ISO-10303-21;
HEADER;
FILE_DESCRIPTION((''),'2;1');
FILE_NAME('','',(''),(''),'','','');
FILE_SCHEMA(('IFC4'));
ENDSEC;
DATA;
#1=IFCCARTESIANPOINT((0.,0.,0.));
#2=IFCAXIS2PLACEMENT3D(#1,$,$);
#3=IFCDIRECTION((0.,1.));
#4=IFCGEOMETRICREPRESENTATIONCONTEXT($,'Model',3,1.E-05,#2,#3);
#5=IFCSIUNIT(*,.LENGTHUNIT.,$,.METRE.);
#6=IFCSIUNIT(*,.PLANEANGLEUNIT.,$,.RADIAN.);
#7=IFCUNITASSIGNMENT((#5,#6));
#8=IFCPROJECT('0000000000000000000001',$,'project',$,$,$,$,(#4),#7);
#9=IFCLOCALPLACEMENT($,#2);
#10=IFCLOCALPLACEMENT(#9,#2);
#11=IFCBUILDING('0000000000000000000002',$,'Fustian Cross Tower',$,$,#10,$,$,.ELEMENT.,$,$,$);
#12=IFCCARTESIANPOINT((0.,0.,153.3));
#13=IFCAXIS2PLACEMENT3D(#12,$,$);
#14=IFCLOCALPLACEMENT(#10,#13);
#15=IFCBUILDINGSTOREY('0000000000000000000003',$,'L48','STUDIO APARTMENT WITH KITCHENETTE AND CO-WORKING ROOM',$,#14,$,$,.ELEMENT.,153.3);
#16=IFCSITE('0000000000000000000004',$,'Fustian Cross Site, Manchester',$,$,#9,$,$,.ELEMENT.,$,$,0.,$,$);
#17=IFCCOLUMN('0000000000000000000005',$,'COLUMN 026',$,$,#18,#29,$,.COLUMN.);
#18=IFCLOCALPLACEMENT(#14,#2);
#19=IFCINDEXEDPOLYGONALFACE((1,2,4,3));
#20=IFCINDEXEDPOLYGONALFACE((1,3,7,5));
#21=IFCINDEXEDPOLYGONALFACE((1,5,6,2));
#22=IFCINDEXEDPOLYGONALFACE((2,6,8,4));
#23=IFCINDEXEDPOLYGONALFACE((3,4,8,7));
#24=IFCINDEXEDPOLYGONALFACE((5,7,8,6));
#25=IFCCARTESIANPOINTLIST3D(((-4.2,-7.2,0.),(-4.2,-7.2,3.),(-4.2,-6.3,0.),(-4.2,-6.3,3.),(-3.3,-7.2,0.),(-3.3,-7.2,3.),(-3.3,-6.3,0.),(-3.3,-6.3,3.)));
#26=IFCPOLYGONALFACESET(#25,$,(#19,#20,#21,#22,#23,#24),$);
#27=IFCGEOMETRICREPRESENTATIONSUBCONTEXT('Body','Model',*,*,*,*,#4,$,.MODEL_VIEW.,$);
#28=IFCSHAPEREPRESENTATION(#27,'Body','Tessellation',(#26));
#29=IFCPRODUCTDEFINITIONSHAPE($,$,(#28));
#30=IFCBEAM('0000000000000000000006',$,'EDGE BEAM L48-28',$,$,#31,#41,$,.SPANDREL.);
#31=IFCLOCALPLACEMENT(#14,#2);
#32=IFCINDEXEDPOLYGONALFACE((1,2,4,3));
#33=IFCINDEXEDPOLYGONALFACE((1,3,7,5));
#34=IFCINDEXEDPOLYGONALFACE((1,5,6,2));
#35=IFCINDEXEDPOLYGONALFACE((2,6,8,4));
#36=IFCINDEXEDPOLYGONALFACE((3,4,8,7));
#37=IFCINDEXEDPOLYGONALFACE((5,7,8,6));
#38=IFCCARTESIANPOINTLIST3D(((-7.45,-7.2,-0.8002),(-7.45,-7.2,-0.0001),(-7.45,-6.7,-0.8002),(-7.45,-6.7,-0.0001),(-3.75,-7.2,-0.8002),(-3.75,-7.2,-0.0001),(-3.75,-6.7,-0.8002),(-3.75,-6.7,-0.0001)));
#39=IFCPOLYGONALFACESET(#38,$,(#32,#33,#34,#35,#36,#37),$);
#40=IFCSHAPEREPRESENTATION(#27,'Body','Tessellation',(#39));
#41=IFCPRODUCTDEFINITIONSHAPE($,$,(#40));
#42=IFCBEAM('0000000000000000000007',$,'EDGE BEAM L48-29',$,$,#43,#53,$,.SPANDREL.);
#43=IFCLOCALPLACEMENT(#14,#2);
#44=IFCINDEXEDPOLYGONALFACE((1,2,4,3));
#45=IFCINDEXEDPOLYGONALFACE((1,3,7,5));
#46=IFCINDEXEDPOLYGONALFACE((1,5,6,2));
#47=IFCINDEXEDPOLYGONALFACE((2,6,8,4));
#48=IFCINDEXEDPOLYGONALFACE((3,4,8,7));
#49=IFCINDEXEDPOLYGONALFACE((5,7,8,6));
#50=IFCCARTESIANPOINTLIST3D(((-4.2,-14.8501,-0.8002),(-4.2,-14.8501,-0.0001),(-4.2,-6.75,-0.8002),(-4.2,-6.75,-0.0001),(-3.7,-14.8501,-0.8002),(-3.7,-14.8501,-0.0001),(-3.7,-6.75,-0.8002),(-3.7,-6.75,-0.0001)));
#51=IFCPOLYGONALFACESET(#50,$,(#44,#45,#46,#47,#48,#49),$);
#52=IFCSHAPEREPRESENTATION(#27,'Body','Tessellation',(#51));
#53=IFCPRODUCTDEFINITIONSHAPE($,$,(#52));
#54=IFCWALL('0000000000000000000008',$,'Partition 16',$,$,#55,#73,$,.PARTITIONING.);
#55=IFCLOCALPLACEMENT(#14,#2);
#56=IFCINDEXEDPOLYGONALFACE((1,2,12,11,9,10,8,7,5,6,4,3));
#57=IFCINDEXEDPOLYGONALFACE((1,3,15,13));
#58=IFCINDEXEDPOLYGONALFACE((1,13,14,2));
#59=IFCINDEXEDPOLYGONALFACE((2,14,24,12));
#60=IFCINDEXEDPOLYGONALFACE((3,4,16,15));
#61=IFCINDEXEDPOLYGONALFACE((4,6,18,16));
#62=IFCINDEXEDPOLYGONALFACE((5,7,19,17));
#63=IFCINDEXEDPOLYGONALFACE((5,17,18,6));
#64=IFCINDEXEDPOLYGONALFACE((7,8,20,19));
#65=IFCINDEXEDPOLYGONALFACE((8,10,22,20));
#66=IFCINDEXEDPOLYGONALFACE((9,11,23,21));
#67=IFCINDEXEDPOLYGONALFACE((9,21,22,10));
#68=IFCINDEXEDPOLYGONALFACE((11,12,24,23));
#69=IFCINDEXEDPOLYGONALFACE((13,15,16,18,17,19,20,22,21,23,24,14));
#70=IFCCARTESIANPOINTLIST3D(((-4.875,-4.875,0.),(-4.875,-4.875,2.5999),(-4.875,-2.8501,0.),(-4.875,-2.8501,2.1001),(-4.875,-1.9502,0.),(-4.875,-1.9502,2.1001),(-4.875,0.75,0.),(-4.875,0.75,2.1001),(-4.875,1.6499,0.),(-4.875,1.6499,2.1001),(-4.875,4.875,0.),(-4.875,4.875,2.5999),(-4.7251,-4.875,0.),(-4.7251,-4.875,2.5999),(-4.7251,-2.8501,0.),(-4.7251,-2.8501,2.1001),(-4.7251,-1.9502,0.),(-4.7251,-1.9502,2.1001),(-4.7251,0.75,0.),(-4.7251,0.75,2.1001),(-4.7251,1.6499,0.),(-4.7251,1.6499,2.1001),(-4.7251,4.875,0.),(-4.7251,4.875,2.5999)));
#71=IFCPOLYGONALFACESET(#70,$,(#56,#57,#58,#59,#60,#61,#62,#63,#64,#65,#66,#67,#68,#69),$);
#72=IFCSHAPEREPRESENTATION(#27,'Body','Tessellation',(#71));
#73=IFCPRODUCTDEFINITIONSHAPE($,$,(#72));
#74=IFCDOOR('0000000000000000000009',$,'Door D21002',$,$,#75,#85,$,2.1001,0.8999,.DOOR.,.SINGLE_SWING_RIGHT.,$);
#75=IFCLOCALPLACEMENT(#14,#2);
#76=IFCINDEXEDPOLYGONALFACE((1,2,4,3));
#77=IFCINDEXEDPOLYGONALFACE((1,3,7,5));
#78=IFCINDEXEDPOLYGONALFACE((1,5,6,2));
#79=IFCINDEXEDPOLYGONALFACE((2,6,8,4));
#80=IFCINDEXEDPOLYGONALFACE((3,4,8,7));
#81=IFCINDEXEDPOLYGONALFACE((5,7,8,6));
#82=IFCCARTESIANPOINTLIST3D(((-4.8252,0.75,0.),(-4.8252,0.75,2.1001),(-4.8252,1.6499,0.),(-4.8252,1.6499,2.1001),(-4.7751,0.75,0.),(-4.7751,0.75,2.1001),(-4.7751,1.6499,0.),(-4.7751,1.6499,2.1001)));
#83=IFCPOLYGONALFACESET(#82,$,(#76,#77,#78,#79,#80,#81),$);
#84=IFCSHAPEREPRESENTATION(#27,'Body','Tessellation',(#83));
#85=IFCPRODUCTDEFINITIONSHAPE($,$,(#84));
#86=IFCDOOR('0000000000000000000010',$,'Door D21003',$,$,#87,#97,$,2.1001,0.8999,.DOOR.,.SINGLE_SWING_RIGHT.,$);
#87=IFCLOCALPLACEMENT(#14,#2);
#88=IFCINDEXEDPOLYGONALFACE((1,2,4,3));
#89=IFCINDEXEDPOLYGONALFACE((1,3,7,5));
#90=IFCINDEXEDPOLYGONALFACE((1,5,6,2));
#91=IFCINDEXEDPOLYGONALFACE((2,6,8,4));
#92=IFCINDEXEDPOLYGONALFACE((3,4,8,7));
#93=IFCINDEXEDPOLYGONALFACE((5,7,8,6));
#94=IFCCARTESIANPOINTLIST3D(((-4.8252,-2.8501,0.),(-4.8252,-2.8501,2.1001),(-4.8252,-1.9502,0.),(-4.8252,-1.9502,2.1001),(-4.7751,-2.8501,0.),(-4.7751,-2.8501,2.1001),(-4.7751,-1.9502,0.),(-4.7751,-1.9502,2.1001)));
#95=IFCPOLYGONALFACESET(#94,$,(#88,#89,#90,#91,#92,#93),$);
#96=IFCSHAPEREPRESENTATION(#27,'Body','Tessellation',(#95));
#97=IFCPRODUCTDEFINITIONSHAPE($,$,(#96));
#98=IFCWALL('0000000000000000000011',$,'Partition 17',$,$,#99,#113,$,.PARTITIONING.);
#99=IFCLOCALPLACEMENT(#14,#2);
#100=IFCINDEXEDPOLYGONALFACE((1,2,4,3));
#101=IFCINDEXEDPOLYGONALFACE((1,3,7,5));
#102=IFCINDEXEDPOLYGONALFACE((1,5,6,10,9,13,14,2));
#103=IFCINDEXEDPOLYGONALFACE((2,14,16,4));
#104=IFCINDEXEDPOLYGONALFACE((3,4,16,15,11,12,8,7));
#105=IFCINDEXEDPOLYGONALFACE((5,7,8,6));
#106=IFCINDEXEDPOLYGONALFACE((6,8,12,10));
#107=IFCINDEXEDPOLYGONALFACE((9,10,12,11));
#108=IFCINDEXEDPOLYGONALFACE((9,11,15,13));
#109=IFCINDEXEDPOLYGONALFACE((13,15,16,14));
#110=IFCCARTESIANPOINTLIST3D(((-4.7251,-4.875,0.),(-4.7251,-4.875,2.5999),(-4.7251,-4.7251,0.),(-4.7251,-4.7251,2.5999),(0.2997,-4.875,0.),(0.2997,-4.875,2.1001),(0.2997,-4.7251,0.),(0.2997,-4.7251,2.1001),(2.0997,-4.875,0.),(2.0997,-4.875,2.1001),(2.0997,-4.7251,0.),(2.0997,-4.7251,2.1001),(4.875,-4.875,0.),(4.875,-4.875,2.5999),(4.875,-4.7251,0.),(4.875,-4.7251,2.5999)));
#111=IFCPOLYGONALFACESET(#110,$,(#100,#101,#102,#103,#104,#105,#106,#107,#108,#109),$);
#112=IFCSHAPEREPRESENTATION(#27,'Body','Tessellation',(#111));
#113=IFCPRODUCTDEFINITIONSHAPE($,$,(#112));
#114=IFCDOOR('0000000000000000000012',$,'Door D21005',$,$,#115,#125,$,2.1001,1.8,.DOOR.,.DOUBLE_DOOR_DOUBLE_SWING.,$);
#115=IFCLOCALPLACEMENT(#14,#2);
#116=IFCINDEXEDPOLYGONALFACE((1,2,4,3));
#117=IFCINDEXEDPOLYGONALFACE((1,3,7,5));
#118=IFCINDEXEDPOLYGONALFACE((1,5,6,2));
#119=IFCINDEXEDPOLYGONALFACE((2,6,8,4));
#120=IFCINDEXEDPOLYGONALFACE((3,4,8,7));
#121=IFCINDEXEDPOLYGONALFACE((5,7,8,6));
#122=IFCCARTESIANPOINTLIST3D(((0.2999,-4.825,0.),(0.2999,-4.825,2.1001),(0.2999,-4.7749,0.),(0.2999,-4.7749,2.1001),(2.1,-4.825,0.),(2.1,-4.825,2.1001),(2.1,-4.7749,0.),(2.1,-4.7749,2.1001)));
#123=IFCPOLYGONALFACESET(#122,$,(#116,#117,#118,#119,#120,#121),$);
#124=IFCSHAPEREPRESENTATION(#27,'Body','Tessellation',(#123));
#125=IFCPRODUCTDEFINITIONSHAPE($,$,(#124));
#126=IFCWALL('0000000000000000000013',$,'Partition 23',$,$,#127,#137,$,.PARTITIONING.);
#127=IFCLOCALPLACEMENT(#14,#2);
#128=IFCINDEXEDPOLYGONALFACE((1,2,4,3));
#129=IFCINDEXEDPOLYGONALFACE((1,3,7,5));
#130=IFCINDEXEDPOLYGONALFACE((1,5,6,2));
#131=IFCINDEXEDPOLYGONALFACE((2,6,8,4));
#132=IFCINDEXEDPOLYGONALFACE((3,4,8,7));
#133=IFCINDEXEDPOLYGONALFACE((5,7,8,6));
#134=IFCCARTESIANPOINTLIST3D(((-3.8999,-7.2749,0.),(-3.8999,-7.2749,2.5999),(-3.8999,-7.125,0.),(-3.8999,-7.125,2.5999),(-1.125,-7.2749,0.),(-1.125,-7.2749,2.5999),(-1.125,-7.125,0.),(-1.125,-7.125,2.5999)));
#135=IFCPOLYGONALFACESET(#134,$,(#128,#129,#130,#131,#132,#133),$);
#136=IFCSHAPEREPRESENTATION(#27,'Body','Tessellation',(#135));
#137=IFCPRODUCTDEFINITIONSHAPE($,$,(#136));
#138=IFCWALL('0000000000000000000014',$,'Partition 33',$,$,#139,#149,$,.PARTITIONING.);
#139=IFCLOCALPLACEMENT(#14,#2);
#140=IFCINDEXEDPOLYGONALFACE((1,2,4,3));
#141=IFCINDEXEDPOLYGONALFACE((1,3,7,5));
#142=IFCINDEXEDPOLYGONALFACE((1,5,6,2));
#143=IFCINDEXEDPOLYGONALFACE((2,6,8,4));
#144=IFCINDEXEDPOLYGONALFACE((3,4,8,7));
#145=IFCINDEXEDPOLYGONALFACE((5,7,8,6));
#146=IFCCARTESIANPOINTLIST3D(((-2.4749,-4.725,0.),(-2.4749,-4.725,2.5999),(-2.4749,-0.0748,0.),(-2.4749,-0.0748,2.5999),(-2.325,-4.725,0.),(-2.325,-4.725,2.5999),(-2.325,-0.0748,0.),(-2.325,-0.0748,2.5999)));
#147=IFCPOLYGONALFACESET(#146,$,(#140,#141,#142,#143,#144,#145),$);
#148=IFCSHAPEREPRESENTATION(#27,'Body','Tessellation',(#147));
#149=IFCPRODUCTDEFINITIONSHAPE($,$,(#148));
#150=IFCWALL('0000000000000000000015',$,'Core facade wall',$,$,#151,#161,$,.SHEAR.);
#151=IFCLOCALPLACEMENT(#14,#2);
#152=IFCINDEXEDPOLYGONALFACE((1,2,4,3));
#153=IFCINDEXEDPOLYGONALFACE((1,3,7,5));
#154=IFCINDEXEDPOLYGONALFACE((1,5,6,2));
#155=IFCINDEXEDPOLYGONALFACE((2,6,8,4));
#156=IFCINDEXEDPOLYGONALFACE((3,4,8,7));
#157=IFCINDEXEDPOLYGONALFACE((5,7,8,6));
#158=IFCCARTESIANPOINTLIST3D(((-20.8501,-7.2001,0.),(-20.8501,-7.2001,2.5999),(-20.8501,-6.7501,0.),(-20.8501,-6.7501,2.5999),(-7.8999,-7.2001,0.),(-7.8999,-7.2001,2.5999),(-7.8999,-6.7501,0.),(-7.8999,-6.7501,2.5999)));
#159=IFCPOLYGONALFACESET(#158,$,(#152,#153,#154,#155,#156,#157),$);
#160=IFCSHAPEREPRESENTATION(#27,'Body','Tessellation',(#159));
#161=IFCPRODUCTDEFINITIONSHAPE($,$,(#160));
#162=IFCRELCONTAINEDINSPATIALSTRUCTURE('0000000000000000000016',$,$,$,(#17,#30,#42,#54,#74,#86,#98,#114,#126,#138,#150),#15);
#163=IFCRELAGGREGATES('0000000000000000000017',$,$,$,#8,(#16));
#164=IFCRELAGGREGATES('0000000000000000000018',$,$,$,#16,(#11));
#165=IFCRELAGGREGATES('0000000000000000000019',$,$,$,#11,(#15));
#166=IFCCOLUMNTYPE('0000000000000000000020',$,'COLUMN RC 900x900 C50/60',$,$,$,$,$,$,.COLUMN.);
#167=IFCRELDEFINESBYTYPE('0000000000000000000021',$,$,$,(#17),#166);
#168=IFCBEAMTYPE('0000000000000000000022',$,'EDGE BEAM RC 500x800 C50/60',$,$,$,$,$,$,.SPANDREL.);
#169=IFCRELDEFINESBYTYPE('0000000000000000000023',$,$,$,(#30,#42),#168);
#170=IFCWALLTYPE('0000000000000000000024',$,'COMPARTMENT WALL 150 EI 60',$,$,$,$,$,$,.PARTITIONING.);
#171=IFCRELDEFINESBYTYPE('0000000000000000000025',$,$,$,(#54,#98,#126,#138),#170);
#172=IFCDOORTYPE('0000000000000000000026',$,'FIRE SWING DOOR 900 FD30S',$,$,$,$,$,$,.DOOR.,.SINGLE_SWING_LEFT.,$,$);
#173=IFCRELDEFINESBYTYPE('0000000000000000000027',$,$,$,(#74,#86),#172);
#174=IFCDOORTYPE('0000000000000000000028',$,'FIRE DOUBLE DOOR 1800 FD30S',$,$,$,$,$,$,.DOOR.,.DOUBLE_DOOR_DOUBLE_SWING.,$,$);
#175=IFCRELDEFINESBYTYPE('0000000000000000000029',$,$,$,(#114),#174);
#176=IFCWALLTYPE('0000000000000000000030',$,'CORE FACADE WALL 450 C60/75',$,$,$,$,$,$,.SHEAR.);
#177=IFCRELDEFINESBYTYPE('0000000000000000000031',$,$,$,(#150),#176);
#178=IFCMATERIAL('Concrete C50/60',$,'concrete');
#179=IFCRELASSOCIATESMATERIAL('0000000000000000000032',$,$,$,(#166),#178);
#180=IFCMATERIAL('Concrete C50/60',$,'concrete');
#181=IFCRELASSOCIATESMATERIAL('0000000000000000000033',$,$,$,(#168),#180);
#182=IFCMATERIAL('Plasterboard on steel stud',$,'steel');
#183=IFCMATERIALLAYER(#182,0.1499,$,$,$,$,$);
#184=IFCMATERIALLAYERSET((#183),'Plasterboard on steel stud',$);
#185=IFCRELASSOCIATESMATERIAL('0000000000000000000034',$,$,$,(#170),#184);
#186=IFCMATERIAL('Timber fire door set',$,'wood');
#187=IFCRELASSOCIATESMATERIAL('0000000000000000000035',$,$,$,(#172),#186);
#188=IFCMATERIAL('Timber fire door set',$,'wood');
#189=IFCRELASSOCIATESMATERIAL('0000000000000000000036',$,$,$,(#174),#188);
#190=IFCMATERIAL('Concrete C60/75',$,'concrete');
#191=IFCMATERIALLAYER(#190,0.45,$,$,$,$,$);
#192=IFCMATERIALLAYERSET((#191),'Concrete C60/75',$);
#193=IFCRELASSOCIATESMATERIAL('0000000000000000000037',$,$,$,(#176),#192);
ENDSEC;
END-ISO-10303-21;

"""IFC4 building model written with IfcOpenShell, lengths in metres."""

from ifc_helpers import new_model, si_unit, direction, frame, frame_2d, origin, origin_2d, place, context, subcontext, project, spatial, rectangle, extrude, material, layer, layer_set, material_profile, profile_set, type_object, element, fill, save


model = new_model("IFC4")

# Units and contexts
model_context = context("Model", 3, precision=1e-05, world=origin(), true_north=direction((0.0, 1.0)))
body_context = subcontext(model_context, "Body", "Model", "MODEL_VIEW")
ifc_project = project(units=[si_unit("LENGTHUNIT", "METRE"), si_unit("PLANEANGLEUNIT", "RADIAN")], contexts=[model_context])

# Site, building, storey
site_placement = place(None, origin())
site = spatial("IfcSite", under=ifc_project, at=site_placement, Name="Fustian Cross Site, Manchester", CompositionType="ELEMENT", RefElevation=0.0)
building_placement = place(site_placement, origin())
building = spatial("IfcBuilding", under=site, at=building_placement, Name="Fustian Cross Tower", CompositionType="ELEMENT")
storey_placement = place(building_placement, frame((0.0, 0.0, 153.3)))
storey = spatial("IfcBuildingStorey", under=building, at=storey_placement, Name="L48", Description="STUDIO APARTMENT WITH KITCHENETTE AND CO-WORKING ROOM", CompositionType="ELEMENT", Elevation=153.3)

# Column
ifc_material_1 = material(Name="Concrete C50/60", Category="concrete")
ifc_material_profile_1 = material_profile(ifc_material_1, rectangle(XDim=0.8999, YDim=0.8999, at=origin_2d()), Name="RC 900x900")
ifc_profile_set_1 = profile_set([ifc_material_profile_1], Name="Concrete C50/60")
column_type = type_object("IfcColumnType", Name="COLUMN RC 900x900 C50/60", PredefinedType="COLUMN", material=ifc_profile_set_1)
column_placement = place(storey_placement, frame((-3.75, -6.75, 0.0), z_axis=(0.0, 0.0, 1.0), x_axis=(1.0, 0.0, 0.0)))
element("IfcColumn", 1, at=column_placement, inside=storey, type_object=column_type, Name="COLUMN 026", PredefinedType="COLUMN", context=body_context, shape_type="SweptSolid", body=[
    extrude(rectangle(XDim=0.8999, YDim=0.8999, at=origin_2d()), origin(), (0.0, 0.0, 1.0), 3.0),
])

# Beams
ifc_material_2 = material(Name="Concrete C50/60", Category="concrete")
ifc_material_profile_2 = material_profile(ifc_material_2, rectangle(XDim=0.5, YDim=0.8, at=origin_2d()), Name="RC 500x800")
ifc_profile_set_2 = profile_set([ifc_material_profile_2], Name="Concrete C50/60")
beam_type = type_object("IfcBeamType", Name="EDGE BEAM RC 500x800 C50/60", PredefinedType="SPANDREL", material=ifc_profile_set_2)
beam_1_placement = place(storey_placement, frame((-7.45, -6.95, -0.4001), z_axis=(1.0, 0.0, 0.0), x_axis=(0.0, 1.0, 0.0)))
element("IfcBeam", 2, at=beam_1_placement, inside=storey, type_object=beam_type, Name="EDGE BEAM L48-28", PredefinedType="SPANDREL", context=body_context, shape_type="SweptSolid", body=[
    extrude(rectangle(XDim=0.5, YDim=0.8, at=origin_2d()), origin(), (0.0, 0.0, 1.0), 3.7),
])
beam_2_placement = place(storey_placement, frame((-3.95, -6.75, -0.4001), z_axis=(0.0, -1.0, 0.0), x_axis=(1.0, 0.0, 0.0)))
element("IfcBeam", 3, at=beam_2_placement, inside=storey, type_object=beam_type, Name="EDGE BEAM L48-29", PredefinedType="SPANDREL", context=body_context, shape_type="SweptSolid", body=[
    extrude(rectangle(XDim=0.5, YDim=0.8, at=origin_2d()), origin(), (0.0, 0.0, 1.0), 8.1001),
])

# Wall, openings, doors
ifc_material_3 = material(Name="Plasterboard on steel stud", Category="steel")
ifc_layer_1 = layer(ifc_material_3, 0.1499)
ifc_layer_set_1 = layer_set([ifc_layer_1], Name="Plasterboard on steel stud")
wall_type_1 = type_object("IfcWallType", Name="COMPARTMENT WALL 150 EI 60", PredefinedType="PARTITIONING", material=ifc_layer_set_1)
wall_1_placement = place(storey_placement, frame((-4.8, -4.875, 0.0), z_axis=(0.0, 0.0, 1.0), x_axis=(0.0, 1.0, 0.0)))
wall_1 = element("IfcWall", 4, at=wall_1_placement, inside=storey, type_object=wall_type_1, Name="Partition 16", PredefinedType="PARTITIONING", context=body_context, shape_type="SweptSolid", body=[
    extrude(rectangle(XDim=9.75, YDim=0.1499, at=frame_2d((4.875, 0.0))), origin(), (0.0, 0.0, 1.0), 2.5999),
])
opening_1_placement = place(wall_1_placement, frame((5.625, 0.0, 0.0)))
opening_1 = element("IfcOpeningElement", 5, at=opening_1_placement, cuts=wall_1, PredefinedType="OPENING", context=body_context, shape_type="SweptSolid", body=[
    extrude(rectangle(XDim=0.8999, YDim=2.1001, at=frame_2d((0.45, 1.05))), frame((0.0, 0.085, 0.0), z_axis=(0.0, -1.0, 0.0), x_axis=(1.0, 0.0, 0.0)), (0.0, 0.0, 1.0), 0.1699),
])
opening_2_placement = place(wall_1_placement, frame((2.0249, 0.0, 0.0)))
opening_2 = element("IfcOpeningElement", 6, at=opening_2_placement, cuts=wall_1, PredefinedType="OPENING", context=body_context, shape_type="SweptSolid", body=[
    extrude(rectangle(XDim=0.8999, YDim=2.1001, at=frame_2d((0.45, 1.05))), frame((0.0, 0.085, 0.0), z_axis=(0.0, -1.0, 0.0), x_axis=(1.0, 0.0, 0.0)), (0.0, 0.0, 1.0), 0.1699),
])
ifc_material_4 = material(Name="Timber fire door set", Category="wood")
door_type_1 = type_object("IfcDoorType", Name="FIRE SWING DOOR 900 FD30S", OperationType="SINGLE_SWING_LEFT", PredefinedType="DOOR", material=ifc_material_4)
door_1_placement = place(opening_1_placement, frame((0.8999, 0.0, 0.0), z_axis=(0.0, 0.0, 1.0), x_axis=(-1.0, 0.0, 0.0)))
door_1 = element("IfcDoor", 7, at=door_1_placement, inside=storey, type_object=door_type_1, Name="Door D21002", OperationType="SINGLE_SWING_RIGHT", OverallHeight=2.1001, OverallWidth=0.8999, PredefinedType="DOOR", context=body_context, shape_type="SweptSolid", body=[
    extrude(rectangle(XDim=0.8999, YDim=2.1001, at=frame_2d((0.45, 1.05))), frame((0.0, 0.0249, 0.0), z_axis=(0.0, -1.0, 0.0), x_axis=(1.0, 0.0, 0.0)), (0.0, 0.0, 1.0), 0.05),
])
fill(opening_1, door_1)
door_2_placement = place(opening_2_placement, frame((0.8999, 0.0, 0.0), z_axis=(0.0, 0.0, 1.0), x_axis=(-1.0, 0.0, 0.0)))
door_2 = element("IfcDoor", 8, at=door_2_placement, inside=storey, type_object=door_type_1, Name="Door D21003", OperationType="SINGLE_SWING_RIGHT", OverallHeight=2.1001, OverallWidth=0.8999, PredefinedType="DOOR", context=body_context, shape_type="SweptSolid", body=[
    extrude(rectangle(XDim=0.8999, YDim=2.1001, at=frame_2d((0.45, 1.05))), frame((0.0, 0.0249, 0.0), z_axis=(0.0, -1.0, 0.0), x_axis=(1.0, 0.0, 0.0)), (0.0, 0.0, 1.0), 0.05),
])
fill(opening_2, door_2)

# Wall, opening, door
wall_2_placement = place(storey_placement, frame((-4.7251, -4.8, 0.0), z_axis=(0.0, 0.0, 1.0), x_axis=(1.0, 0.0, 0.0)))
wall_2 = element("IfcWall", 9, at=wall_2_placement, inside=storey, type_object=wall_type_1, Name="Partition 17", PredefinedType="PARTITIONING", context=body_context, shape_type="SweptSolid", body=[
    extrude(rectangle(XDim=9.6001, YDim=0.1499, at=frame_2d((4.8, 0.0))), origin(), (0.0, 0.0, 1.0), 2.5999),
])
opening_3_placement = place(wall_2_placement, frame((5.0249, 0.0, 0.0)))
opening_3 = element("IfcOpeningElement", 10, at=opening_3_placement, cuts=wall_2, PredefinedType="OPENING", context=body_context, shape_type="SweptSolid", body=[
    extrude(rectangle(XDim=1.8, YDim=2.1001, at=frame_2d((0.8999, 1.05))), frame((0.0, 0.085, 0.0), z_axis=(0.0, -1.0, 0.0), x_axis=(1.0, 0.0, 0.0)), (0.0, 0.0, 1.0), 0.1699),
])
ifc_material_5 = material(Name="Timber fire door set", Category="wood")
door_type_2 = type_object("IfcDoorType", Name="FIRE DOUBLE DOOR 1800 FD30S", OperationType="DOUBLE_DOOR_DOUBLE_SWING", PredefinedType="DOOR", material=ifc_material_5)
door_3_placement = place(opening_3_placement, frame((1.8, 0.0, 0.0), z_axis=(0.0, 0.0, 1.0), x_axis=(-1.0, 0.0, 0.0)))
door_3 = element("IfcDoor", 11, at=door_3_placement, inside=storey, type_object=door_type_2, Name="Door D21005", OperationType="DOUBLE_DOOR_DOUBLE_SWING", OverallHeight=2.1001, OverallWidth=1.8, PredefinedType="DOOR", context=body_context, shape_type="SweptSolid", body=[
    extrude(rectangle(XDim=1.8, YDim=2.1001, at=frame_2d((0.8999, 1.05))), frame((0.0, 0.0249, 0.0), z_axis=(0.0, -1.0, 0.0), x_axis=(1.0, 0.0, 0.0)), (0.0, 0.0, 1.0), 0.05),
])
fill(opening_3, door_3)

# Walls
wall_3_placement = place(storey_placement, frame((-3.8999, -7.2, 0.0), z_axis=(0.0, 0.0, 1.0), x_axis=(1.0, 0.0, 0.0)))
element("IfcWall", 12, at=wall_3_placement, inside=storey, type_object=wall_type_1, Name="Partition 23", PredefinedType="PARTITIONING", context=body_context, shape_type="SweptSolid", body=[
    extrude(rectangle(XDim=2.7749, YDim=0.1499, at=frame_2d((1.3875, 0.0))), origin(), (0.0, 0.0, 1.0), 2.5999),
])
wall_4_placement = place(storey_placement, frame((-2.3999, -4.7251, 0.0), z_axis=(0.0, 0.0, 1.0), x_axis=(0.0, 1.0, 0.0)))
element("IfcWall", 13, at=wall_4_placement, inside=storey, type_object=wall_type_1, Name="Partition 33", PredefinedType="PARTITIONING", context=body_context, shape_type="SweptSolid", body=[
    extrude(rectangle(XDim=4.6501, YDim=0.1499, at=frame_2d((2.3252, 0.0))), origin(), (0.0, 0.0, 1.0), 2.5999),
])
ifc_material_6 = material(Name="Concrete C60/75", Category="concrete")
ifc_layer_2 = layer(ifc_material_6, 0.45)
ifc_layer_set_2 = layer_set([ifc_layer_2], Name="Concrete C60/75")
wall_type_2 = type_object("IfcWallType", Name="CORE FACADE WALL 450 C60/75", PredefinedType="SHEAR", material=ifc_layer_set_2)
wall_5_placement = place(storey_placement, frame((-7.8999, -6.9751, 0.0), z_axis=(0.0, 0.0, 1.0), x_axis=(-1.0, 0.0, 0.0)))
element("IfcWall", 14, at=wall_5_placement, inside=storey, type_object=wall_type_2, Name="Core facade wall", PredefinedType="SHEAR", context=body_context, shape_type="SweptSolid", body=[
    extrude(rectangle(XDim=12.9502, YDim=0.45, at=frame_2d((6.4751, 0.0))), origin(), (0.0, 0.0, 1.0), 2.5999),
])

save(model, "model.ifc")
